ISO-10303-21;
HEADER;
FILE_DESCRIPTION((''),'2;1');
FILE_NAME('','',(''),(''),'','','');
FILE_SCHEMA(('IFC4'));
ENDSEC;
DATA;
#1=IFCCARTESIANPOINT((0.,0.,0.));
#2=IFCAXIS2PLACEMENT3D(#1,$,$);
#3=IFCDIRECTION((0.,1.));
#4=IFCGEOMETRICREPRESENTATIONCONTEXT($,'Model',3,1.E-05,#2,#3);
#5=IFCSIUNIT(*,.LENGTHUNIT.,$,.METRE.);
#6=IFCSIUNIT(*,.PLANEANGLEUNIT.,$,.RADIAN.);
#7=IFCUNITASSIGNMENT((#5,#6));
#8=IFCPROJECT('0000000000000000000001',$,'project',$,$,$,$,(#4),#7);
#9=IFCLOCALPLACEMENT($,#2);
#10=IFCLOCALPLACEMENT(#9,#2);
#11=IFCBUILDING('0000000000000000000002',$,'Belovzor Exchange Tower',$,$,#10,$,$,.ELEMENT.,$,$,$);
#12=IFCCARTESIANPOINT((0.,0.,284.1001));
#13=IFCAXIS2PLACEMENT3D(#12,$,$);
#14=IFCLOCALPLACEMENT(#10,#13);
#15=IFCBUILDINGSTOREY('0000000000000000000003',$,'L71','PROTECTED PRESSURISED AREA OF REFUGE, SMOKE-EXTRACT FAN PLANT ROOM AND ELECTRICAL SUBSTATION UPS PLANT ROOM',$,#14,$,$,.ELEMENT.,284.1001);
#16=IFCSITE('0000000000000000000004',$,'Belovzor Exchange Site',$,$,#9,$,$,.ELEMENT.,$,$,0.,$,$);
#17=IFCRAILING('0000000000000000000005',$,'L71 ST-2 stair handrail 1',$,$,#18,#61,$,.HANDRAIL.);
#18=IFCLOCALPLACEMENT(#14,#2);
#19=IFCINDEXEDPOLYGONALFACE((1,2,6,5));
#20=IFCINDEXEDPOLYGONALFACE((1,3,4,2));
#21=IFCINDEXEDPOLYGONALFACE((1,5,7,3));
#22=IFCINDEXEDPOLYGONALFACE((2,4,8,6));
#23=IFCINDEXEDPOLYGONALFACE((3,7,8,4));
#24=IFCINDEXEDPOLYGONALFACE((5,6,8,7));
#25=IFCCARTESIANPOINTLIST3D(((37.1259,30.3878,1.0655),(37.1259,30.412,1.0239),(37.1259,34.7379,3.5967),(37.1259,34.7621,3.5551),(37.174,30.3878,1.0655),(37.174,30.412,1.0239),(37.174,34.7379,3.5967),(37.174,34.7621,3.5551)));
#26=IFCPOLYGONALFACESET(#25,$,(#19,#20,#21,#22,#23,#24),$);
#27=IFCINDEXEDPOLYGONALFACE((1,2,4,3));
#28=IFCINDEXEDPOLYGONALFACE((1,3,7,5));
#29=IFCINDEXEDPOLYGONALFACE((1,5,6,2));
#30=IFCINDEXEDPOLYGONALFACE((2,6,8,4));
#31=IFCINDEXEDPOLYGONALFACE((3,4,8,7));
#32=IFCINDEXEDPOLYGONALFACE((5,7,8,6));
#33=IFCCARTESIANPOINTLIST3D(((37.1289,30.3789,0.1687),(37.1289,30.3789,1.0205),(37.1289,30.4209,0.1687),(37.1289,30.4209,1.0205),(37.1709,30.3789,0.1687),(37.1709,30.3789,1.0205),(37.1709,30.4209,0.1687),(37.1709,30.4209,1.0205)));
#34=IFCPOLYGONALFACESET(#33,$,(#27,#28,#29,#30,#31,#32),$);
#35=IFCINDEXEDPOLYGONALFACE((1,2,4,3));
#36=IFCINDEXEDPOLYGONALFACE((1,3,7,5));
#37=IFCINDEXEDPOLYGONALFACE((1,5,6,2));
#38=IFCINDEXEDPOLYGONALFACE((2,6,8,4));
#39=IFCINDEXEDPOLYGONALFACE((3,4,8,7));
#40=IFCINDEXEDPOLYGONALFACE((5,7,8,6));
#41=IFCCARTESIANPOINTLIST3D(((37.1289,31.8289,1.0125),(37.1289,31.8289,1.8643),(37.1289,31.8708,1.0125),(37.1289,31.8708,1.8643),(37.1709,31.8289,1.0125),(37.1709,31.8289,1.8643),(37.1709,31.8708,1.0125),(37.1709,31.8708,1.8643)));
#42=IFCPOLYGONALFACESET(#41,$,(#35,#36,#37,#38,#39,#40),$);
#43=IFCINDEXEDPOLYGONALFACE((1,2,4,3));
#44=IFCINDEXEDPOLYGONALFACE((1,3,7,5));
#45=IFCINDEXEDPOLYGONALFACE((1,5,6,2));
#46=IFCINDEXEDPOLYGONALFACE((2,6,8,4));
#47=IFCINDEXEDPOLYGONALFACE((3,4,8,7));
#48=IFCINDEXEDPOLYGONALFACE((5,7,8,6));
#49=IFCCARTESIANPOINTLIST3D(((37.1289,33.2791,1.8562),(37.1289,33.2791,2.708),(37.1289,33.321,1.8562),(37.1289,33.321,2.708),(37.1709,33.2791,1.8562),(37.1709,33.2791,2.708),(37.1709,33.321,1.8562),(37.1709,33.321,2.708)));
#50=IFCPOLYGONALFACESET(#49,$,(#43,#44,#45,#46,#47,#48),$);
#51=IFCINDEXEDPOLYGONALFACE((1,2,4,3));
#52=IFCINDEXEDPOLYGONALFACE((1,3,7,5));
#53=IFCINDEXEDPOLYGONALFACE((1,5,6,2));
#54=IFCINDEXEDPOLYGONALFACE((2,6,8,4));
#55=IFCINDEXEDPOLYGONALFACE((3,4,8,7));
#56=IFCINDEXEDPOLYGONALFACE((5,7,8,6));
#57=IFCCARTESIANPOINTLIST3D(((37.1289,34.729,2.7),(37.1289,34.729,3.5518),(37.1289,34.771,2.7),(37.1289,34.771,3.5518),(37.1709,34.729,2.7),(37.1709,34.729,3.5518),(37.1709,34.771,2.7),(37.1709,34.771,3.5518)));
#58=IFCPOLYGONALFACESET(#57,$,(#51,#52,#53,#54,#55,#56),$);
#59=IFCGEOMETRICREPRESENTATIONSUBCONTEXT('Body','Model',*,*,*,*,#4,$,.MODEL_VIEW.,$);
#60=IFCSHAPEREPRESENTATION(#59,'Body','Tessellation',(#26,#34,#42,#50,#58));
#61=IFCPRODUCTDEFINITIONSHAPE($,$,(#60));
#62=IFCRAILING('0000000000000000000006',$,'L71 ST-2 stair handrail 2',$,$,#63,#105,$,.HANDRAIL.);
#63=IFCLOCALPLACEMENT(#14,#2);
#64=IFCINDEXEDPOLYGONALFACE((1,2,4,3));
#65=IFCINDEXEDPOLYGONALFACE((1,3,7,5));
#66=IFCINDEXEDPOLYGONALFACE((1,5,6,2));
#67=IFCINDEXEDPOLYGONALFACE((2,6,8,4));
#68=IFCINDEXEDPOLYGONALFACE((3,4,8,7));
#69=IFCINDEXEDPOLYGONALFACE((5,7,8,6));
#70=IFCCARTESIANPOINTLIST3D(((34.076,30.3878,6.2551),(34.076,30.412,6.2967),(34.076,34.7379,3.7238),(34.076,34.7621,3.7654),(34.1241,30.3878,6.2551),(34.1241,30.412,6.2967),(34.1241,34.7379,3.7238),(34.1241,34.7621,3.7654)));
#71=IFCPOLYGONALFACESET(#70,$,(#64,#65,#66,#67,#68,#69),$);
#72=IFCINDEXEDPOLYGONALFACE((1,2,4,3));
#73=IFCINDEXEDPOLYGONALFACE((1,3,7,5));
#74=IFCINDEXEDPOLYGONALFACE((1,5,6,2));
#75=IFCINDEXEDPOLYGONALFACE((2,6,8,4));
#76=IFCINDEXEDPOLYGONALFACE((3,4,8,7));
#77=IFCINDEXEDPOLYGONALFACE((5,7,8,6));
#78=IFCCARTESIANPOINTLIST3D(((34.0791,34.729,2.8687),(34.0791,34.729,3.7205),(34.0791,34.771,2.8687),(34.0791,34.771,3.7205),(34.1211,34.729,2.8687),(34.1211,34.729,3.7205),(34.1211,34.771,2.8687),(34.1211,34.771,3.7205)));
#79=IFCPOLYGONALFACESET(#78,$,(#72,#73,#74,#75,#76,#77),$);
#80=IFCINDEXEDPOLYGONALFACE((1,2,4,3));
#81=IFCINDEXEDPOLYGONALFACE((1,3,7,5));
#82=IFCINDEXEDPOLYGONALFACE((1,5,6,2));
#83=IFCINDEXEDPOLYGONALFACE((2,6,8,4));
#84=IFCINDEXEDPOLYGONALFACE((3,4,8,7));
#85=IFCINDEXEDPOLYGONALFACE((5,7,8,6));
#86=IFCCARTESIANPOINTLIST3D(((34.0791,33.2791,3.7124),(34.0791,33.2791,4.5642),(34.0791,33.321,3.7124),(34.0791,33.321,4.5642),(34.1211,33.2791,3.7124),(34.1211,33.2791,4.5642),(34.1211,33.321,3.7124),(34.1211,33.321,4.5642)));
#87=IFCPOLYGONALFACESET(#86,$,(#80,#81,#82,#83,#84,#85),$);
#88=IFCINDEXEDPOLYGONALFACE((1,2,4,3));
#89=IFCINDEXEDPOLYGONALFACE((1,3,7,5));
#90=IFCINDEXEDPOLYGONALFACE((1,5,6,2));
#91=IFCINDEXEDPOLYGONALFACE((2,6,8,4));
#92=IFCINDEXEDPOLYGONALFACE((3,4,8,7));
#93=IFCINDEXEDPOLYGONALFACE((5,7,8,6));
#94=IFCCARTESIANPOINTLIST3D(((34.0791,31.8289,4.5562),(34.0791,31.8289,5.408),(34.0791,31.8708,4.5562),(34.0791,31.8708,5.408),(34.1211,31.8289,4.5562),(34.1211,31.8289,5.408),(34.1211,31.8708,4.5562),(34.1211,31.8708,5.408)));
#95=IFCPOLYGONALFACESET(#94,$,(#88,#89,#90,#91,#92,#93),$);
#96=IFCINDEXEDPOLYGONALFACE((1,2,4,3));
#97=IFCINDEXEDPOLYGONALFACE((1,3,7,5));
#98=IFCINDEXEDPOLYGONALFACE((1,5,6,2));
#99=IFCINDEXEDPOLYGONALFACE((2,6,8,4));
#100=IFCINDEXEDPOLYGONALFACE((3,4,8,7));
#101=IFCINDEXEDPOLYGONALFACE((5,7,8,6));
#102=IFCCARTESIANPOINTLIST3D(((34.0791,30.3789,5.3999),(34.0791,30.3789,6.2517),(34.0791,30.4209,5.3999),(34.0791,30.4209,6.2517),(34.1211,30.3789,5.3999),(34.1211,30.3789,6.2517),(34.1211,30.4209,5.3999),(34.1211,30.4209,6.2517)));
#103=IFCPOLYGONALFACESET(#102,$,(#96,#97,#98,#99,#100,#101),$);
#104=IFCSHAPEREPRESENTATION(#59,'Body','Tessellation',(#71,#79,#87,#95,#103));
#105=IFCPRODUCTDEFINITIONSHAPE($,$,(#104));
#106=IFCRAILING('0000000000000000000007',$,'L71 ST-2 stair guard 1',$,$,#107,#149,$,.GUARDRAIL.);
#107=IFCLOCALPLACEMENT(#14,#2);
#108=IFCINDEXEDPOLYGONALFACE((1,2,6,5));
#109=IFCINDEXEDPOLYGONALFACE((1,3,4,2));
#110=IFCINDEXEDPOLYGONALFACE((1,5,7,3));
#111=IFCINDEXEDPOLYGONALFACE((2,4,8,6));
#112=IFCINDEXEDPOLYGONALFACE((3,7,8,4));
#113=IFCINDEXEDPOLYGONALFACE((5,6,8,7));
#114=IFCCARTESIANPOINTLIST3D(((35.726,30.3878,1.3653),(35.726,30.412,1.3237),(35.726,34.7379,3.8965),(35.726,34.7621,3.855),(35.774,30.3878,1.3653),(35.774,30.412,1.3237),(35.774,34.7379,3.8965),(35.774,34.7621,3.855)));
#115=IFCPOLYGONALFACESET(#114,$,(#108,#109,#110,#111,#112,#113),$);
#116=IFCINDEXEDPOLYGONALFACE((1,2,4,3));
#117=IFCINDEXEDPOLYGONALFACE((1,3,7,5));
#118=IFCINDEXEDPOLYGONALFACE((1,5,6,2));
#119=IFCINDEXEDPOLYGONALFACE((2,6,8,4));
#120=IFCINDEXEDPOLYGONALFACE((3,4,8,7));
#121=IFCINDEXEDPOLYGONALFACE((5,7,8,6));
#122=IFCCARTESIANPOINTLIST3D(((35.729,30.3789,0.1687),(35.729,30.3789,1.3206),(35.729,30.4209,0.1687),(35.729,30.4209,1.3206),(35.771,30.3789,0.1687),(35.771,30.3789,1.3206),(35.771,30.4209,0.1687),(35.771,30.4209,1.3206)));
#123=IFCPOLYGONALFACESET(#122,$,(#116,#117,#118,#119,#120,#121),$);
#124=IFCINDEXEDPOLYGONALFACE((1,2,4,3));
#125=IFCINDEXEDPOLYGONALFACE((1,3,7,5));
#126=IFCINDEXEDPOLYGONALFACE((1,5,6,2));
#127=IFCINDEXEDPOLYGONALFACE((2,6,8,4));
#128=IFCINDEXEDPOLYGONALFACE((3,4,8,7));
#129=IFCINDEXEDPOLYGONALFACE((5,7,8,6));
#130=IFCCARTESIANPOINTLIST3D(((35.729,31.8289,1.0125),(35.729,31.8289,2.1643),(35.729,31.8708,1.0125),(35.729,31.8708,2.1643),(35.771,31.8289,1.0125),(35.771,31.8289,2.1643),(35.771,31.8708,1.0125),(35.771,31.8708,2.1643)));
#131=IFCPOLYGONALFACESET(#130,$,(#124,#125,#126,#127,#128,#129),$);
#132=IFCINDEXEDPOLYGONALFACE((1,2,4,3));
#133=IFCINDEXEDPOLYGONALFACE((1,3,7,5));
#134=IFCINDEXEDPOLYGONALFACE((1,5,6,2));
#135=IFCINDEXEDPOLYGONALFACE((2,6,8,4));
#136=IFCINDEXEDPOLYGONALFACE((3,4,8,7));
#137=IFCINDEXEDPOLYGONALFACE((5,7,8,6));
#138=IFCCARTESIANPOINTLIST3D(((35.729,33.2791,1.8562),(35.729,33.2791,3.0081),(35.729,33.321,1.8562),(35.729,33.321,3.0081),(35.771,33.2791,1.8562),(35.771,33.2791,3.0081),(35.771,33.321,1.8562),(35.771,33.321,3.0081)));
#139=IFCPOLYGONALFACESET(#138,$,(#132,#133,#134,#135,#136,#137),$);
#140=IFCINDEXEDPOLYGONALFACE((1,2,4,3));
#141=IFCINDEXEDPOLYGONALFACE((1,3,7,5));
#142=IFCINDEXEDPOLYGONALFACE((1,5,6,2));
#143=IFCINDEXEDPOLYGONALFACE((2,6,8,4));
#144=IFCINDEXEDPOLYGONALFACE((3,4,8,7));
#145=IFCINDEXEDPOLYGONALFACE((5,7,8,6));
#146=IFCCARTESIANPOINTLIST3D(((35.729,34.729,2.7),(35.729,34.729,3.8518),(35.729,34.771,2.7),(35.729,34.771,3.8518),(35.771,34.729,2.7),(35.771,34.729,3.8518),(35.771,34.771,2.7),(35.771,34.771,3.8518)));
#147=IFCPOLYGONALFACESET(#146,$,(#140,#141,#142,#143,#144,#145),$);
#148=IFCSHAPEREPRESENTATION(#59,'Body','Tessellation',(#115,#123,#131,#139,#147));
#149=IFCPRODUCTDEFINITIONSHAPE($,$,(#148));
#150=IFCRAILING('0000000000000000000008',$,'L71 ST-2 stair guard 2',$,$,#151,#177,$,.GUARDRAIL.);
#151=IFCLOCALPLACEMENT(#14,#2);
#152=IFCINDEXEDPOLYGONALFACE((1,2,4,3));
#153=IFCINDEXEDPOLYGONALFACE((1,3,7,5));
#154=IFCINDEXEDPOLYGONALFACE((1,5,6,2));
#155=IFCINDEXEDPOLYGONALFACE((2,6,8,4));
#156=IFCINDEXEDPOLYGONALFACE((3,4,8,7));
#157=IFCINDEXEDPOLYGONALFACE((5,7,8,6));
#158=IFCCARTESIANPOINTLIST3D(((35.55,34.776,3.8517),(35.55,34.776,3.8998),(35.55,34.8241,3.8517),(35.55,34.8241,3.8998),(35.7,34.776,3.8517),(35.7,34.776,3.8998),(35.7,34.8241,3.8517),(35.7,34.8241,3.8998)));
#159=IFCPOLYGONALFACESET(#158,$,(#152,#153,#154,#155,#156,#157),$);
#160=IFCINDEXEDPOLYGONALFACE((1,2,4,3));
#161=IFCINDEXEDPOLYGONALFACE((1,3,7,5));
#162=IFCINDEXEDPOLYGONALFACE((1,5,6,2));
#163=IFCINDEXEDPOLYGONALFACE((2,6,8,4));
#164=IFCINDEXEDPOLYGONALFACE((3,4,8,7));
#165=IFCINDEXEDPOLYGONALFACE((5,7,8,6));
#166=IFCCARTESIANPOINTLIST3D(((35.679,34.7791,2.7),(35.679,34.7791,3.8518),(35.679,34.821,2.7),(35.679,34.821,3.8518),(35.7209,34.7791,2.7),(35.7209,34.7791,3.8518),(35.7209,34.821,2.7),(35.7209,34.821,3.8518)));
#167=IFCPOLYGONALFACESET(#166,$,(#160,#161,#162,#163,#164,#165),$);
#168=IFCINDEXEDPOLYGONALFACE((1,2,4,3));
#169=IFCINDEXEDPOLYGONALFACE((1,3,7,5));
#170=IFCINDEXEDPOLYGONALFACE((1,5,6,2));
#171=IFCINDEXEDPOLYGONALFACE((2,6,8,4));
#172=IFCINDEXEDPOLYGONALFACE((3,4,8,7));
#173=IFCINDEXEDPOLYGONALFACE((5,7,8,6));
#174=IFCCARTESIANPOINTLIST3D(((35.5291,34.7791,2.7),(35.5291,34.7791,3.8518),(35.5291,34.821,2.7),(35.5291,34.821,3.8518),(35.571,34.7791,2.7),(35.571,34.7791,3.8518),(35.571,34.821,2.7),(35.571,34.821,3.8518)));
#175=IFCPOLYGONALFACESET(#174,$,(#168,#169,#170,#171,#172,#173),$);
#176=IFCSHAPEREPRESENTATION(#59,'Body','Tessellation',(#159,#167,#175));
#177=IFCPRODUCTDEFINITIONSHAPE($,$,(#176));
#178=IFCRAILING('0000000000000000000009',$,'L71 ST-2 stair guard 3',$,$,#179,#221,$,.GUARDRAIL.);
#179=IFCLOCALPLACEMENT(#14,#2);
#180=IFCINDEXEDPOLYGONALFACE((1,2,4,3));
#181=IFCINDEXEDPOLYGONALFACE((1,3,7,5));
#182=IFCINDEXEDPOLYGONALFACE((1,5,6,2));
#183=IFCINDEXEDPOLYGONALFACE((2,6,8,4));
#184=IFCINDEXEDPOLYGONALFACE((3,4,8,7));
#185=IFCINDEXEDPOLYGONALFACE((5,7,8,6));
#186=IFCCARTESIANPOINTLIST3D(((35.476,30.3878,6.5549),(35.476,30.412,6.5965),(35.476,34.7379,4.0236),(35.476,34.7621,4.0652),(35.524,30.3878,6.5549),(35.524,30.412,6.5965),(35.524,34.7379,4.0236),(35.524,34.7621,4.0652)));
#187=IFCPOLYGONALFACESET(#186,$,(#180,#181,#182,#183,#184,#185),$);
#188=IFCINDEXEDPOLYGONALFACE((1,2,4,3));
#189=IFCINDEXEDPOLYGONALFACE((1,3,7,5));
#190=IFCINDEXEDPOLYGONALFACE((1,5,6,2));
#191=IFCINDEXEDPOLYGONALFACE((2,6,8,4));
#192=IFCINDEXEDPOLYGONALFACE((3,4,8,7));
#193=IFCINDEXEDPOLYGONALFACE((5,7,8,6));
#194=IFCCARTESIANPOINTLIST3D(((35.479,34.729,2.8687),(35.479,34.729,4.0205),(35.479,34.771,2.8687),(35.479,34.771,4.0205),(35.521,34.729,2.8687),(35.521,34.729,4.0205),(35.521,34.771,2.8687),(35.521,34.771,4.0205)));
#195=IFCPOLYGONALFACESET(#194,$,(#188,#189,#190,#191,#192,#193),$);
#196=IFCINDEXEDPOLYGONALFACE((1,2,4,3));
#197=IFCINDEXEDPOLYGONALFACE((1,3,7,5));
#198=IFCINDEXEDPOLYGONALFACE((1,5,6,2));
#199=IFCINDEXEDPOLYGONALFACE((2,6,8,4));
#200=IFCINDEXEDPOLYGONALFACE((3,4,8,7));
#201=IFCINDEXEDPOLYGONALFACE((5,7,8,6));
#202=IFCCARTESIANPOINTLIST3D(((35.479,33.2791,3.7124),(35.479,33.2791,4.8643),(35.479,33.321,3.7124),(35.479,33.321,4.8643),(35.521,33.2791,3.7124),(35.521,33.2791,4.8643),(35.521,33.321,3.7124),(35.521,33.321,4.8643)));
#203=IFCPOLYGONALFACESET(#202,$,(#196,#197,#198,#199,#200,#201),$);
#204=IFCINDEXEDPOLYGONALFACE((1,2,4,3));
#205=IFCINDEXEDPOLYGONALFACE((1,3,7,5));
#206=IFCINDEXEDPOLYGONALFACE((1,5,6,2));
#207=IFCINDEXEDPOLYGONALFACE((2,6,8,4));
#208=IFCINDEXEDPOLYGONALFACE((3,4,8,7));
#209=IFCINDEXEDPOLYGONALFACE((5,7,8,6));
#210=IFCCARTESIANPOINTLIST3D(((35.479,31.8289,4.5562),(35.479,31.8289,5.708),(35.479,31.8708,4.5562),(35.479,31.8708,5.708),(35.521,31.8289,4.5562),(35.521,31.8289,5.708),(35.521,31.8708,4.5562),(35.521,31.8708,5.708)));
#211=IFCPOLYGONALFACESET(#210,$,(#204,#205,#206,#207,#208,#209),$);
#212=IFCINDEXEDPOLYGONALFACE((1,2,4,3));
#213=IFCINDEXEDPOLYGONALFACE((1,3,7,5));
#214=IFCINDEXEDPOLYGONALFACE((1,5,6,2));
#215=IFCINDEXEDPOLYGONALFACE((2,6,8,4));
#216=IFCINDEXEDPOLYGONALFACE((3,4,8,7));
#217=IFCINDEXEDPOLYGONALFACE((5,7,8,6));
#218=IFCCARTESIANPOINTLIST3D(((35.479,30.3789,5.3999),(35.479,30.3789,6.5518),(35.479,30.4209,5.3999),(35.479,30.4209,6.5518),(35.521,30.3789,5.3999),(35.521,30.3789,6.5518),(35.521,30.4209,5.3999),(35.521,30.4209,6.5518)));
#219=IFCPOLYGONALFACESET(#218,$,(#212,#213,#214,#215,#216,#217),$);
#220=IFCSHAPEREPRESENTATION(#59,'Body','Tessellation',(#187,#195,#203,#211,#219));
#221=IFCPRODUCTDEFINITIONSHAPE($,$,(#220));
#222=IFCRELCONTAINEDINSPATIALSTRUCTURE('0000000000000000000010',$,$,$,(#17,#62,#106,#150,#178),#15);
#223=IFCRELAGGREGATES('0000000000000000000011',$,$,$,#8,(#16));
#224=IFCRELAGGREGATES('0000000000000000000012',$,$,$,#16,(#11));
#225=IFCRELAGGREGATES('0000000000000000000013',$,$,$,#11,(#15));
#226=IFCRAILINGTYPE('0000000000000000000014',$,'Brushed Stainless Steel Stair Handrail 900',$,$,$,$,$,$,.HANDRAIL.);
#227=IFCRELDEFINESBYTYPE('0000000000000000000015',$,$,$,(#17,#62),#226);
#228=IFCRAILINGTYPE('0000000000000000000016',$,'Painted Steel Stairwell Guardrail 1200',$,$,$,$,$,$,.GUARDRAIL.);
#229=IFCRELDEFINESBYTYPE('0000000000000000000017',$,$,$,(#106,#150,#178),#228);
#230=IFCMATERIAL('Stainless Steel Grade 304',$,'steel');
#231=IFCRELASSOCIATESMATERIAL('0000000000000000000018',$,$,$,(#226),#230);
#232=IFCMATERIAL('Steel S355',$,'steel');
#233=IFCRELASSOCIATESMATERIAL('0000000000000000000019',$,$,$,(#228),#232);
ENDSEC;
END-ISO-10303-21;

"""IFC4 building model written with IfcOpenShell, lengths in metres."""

from ifc_helpers import new_model, si_unit, direction, frame, origin, origin_2d, place, context, subcontext, project, spatial, rectangle, extrude, material, type_object, element, save


model = new_model("IFC4")

# Units and contexts
model_context = context("Model", 3, precision=1e-05, world=origin(), true_north=direction((0.0, 1.0)))
body_context = subcontext(model_context, "Body", "Model", "MODEL_VIEW")
ifc_project = project(units=[si_unit("LENGTHUNIT", "METRE"), si_unit("PLANEANGLEUNIT", "RADIAN")], contexts=[model_context])

# Site, building, storey
site_placement = place(None, origin())
site = spatial("IfcSite", under=ifc_project, at=site_placement, Name="Belovzor Exchange Site", CompositionType="ELEMENT", RefElevation=0.0)
building_placement = place(site_placement, origin())
building = spatial("IfcBuilding", under=site, at=building_placement, Name="Belovzor Exchange Tower", CompositionType="ELEMENT")
storey_placement = place(building_placement, frame((0.0, 0.0, 284.1001)))
storey = spatial("IfcBuildingStorey", under=building, at=storey_placement, Name="L71", Description="PROTECTED PRESSURISED AREA OF REFUGE, SMOKE-EXTRACT FAN PLANT ROOM AND ELECTRICAL SUBSTATION UPS PLANT ROOM", CompositionType="ELEMENT", Elevation=284.1001)

# Railings
ifc_material_1 = material(Name="Stainless Steel Grade 304", Category="steel")
railing_type_1 = type_object("IfcRailingType", Name="Brushed Stainless Steel Stair Handrail 900", PredefinedType="HANDRAIL", material=ifc_material_1)
railing_1_placement = place(storey_placement, frame((37.1499, 30.3999, 0.1687)))
element("IfcRailing", 1, at=railing_1_placement, inside=storey, type_object=railing_type_1, Name="L71 ST-2 stair handrail 1", PredefinedType="HANDRAIL", context=body_context, shape_type="SweptSolid", body=[
    extrude(rectangle(XDim=0.0481, YDim=0.0481, at=origin_2d()), frame((0.0, 0.0, 0.876), z_axis=(0.0, 0.864324, 0.502936), x_axis=(-1.0, 0.0, 0.0)), (0.0, 0.0, 1.0), 5.033),
    extrude(rectangle(XDim=0.042, YDim=0.042, at=origin_2d()), origin(), (0.0, 0.0, 1.0), 0.8518),
    extrude(rectangle(XDim=0.042, YDim=0.042, at=origin_2d()), frame((0.0, 1.45, 0.8438)), (0.0, 0.0, 1.0), 0.8518),
    extrude(rectangle(XDim=0.042, YDim=0.042, at=origin_2d()), frame((0.0, 2.9001, 1.6875)), (0.0, 0.0, 1.0), 0.8518),
    extrude(rectangle(XDim=0.042, YDim=0.042, at=origin_2d()), frame((0.0, 4.3501, 2.5312)), (0.0, 0.0, 1.0), 0.8518),
])
railing_2_placement = place(storey_placement, frame((34.1001, 34.75, 2.8687)))
element("IfcRailing", 2, at=railing_2_placement, inside=storey, type_object=railing_type_1, Name="L71 ST-2 stair handrail 2", PredefinedType="HANDRAIL", context=body_context, shape_type="SweptSolid", body=[
    extrude(rectangle(XDim=0.0481, YDim=0.0481, at=origin_2d()), frame((0.0, 0.0, 0.876), z_axis=(0.0, -0.864324, 0.502936), x_axis=(1.0, 0.0, 0.0)), (0.0, 0.0, 1.0), 5.033),
    extrude(rectangle(XDim=0.042, YDim=0.042, at=origin_2d()), origin(), (0.0, 0.0, 1.0), 0.8518),
    extrude(rectangle(XDim=0.042, YDim=0.042, at=origin_2d()), frame((0.0, -1.45, 0.8438)), (0.0, 0.0, 1.0), 0.8518),
    extrude(rectangle(XDim=0.042, YDim=0.042, at=origin_2d()), frame((0.0, -2.9001, 1.6875)), (0.0, 0.0, 1.0), 0.8518),
    extrude(rectangle(XDim=0.042, YDim=0.042, at=origin_2d()), frame((0.0, -4.3501, 2.5312)), (0.0, 0.0, 1.0), 0.8518),
])
ifc_material_2 = material(Name="Steel S355", Category="steel")
railing_type_2 = type_object("IfcRailingType", Name="Painted Steel Stairwell Guardrail 1200", PredefinedType="GUARDRAIL", material=ifc_material_2)
railing_3_placement = place(storey_placement, frame((35.75, 30.3999, 0.1687)))
element("IfcRailing", 3, at=railing_3_placement, inside=storey, type_object=railing_type_2, Name="L71 ST-2 stair guard 1", PredefinedType="GUARDRAIL", context=body_context, shape_type="SweptSolid", body=[
    extrude(rectangle(XDim=0.0481, YDim=0.0481, at=origin_2d()), frame((0.0, 0.0, 1.1758), z_axis=(0.0, 0.864324, 0.502936), x_axis=(-1.0, 0.0, 0.0)), (0.0, 0.0, 1.0), 5.033),
    extrude(rectangle(XDim=0.042, YDim=0.042, at=origin_2d()), origin(), (0.0, 0.0, 1.0), 1.1519),
    extrude(rectangle(XDim=0.042, YDim=0.042, at=origin_2d()), frame((0.0, 1.45, 0.8438)), (0.0, 0.0, 1.0), 1.1519),
    extrude(rectangle(XDim=0.042, YDim=0.042, at=origin_2d()), frame((0.0, 2.9001, 1.6875)), (0.0, 0.0, 1.0), 1.1519),
    extrude(rectangle(XDim=0.042, YDim=0.042, at=origin_2d()), frame((0.0, 4.3501, 2.5312)), (0.0, 0.0, 1.0), 1.1519),
])
railing_4_placement = place(storey_placement, frame((35.7, 34.8, 2.7)))
element("IfcRailing", 4, at=railing_4_placement, inside=storey, type_object=railing_type_2, Name="L71 ST-2 stair guard 2", PredefinedType="GUARDRAIL", context=body_context, shape_type="SweptSolid", body=[
    extrude(rectangle(XDim=0.0481, YDim=0.0481, at=origin_2d()), frame((0.0, 0.0, 1.1758), z_axis=(-1.0, 0.0, 0.0), x_axis=(0.0, -1.0, 0.0)), (0.0, 0.0, 1.0), 0.1499),
    extrude(rectangle(XDim=0.042, YDim=0.042, at=origin_2d()), origin(), (0.0, 0.0, 1.0), 1.1519),
    extrude(rectangle(XDim=0.042, YDim=0.042, at=origin_2d()), frame((-0.1499, 0.0, 0.0)), (0.0, 0.0, 1.0), 1.1519),
])
railing_5_placement = place(storey_placement, frame((35.5, 34.75, 2.8687)))
element("IfcRailing", 5, at=railing_5_placement, inside=storey, type_object=railing_type_2, Name="L71 ST-2 stair guard 3", PredefinedType="GUARDRAIL", context=body_context, shape_type="SweptSolid", body=[
    extrude(rectangle(XDim=0.0481, YDim=0.0481, at=origin_2d()), frame((0.0, 0.0, 1.1758), z_axis=(0.0, -0.864324, 0.502936), x_axis=(1.0, 0.0, 0.0)), (0.0, 0.0, 1.0), 5.033),
    extrude(rectangle(XDim=0.042, YDim=0.042, at=origin_2d()), origin(), (0.0, 0.0, 1.0), 1.1519),
    extrude(rectangle(XDim=0.042, YDim=0.042, at=origin_2d()), frame((0.0, -1.45, 0.8438)), (0.0, 0.0, 1.0), 1.1519),
    extrude(rectangle(XDim=0.042, YDim=0.042, at=origin_2d()), frame((0.0, -2.9001, 1.6875)), (0.0, 0.0, 1.0), 1.1519),
    extrude(rectangle(XDim=0.042, YDim=0.042, at=origin_2d()), frame((0.0, -4.3501, 2.5312)), (0.0, 0.0, 1.0), 1.1519),
])

save(model, "model.ifc")
